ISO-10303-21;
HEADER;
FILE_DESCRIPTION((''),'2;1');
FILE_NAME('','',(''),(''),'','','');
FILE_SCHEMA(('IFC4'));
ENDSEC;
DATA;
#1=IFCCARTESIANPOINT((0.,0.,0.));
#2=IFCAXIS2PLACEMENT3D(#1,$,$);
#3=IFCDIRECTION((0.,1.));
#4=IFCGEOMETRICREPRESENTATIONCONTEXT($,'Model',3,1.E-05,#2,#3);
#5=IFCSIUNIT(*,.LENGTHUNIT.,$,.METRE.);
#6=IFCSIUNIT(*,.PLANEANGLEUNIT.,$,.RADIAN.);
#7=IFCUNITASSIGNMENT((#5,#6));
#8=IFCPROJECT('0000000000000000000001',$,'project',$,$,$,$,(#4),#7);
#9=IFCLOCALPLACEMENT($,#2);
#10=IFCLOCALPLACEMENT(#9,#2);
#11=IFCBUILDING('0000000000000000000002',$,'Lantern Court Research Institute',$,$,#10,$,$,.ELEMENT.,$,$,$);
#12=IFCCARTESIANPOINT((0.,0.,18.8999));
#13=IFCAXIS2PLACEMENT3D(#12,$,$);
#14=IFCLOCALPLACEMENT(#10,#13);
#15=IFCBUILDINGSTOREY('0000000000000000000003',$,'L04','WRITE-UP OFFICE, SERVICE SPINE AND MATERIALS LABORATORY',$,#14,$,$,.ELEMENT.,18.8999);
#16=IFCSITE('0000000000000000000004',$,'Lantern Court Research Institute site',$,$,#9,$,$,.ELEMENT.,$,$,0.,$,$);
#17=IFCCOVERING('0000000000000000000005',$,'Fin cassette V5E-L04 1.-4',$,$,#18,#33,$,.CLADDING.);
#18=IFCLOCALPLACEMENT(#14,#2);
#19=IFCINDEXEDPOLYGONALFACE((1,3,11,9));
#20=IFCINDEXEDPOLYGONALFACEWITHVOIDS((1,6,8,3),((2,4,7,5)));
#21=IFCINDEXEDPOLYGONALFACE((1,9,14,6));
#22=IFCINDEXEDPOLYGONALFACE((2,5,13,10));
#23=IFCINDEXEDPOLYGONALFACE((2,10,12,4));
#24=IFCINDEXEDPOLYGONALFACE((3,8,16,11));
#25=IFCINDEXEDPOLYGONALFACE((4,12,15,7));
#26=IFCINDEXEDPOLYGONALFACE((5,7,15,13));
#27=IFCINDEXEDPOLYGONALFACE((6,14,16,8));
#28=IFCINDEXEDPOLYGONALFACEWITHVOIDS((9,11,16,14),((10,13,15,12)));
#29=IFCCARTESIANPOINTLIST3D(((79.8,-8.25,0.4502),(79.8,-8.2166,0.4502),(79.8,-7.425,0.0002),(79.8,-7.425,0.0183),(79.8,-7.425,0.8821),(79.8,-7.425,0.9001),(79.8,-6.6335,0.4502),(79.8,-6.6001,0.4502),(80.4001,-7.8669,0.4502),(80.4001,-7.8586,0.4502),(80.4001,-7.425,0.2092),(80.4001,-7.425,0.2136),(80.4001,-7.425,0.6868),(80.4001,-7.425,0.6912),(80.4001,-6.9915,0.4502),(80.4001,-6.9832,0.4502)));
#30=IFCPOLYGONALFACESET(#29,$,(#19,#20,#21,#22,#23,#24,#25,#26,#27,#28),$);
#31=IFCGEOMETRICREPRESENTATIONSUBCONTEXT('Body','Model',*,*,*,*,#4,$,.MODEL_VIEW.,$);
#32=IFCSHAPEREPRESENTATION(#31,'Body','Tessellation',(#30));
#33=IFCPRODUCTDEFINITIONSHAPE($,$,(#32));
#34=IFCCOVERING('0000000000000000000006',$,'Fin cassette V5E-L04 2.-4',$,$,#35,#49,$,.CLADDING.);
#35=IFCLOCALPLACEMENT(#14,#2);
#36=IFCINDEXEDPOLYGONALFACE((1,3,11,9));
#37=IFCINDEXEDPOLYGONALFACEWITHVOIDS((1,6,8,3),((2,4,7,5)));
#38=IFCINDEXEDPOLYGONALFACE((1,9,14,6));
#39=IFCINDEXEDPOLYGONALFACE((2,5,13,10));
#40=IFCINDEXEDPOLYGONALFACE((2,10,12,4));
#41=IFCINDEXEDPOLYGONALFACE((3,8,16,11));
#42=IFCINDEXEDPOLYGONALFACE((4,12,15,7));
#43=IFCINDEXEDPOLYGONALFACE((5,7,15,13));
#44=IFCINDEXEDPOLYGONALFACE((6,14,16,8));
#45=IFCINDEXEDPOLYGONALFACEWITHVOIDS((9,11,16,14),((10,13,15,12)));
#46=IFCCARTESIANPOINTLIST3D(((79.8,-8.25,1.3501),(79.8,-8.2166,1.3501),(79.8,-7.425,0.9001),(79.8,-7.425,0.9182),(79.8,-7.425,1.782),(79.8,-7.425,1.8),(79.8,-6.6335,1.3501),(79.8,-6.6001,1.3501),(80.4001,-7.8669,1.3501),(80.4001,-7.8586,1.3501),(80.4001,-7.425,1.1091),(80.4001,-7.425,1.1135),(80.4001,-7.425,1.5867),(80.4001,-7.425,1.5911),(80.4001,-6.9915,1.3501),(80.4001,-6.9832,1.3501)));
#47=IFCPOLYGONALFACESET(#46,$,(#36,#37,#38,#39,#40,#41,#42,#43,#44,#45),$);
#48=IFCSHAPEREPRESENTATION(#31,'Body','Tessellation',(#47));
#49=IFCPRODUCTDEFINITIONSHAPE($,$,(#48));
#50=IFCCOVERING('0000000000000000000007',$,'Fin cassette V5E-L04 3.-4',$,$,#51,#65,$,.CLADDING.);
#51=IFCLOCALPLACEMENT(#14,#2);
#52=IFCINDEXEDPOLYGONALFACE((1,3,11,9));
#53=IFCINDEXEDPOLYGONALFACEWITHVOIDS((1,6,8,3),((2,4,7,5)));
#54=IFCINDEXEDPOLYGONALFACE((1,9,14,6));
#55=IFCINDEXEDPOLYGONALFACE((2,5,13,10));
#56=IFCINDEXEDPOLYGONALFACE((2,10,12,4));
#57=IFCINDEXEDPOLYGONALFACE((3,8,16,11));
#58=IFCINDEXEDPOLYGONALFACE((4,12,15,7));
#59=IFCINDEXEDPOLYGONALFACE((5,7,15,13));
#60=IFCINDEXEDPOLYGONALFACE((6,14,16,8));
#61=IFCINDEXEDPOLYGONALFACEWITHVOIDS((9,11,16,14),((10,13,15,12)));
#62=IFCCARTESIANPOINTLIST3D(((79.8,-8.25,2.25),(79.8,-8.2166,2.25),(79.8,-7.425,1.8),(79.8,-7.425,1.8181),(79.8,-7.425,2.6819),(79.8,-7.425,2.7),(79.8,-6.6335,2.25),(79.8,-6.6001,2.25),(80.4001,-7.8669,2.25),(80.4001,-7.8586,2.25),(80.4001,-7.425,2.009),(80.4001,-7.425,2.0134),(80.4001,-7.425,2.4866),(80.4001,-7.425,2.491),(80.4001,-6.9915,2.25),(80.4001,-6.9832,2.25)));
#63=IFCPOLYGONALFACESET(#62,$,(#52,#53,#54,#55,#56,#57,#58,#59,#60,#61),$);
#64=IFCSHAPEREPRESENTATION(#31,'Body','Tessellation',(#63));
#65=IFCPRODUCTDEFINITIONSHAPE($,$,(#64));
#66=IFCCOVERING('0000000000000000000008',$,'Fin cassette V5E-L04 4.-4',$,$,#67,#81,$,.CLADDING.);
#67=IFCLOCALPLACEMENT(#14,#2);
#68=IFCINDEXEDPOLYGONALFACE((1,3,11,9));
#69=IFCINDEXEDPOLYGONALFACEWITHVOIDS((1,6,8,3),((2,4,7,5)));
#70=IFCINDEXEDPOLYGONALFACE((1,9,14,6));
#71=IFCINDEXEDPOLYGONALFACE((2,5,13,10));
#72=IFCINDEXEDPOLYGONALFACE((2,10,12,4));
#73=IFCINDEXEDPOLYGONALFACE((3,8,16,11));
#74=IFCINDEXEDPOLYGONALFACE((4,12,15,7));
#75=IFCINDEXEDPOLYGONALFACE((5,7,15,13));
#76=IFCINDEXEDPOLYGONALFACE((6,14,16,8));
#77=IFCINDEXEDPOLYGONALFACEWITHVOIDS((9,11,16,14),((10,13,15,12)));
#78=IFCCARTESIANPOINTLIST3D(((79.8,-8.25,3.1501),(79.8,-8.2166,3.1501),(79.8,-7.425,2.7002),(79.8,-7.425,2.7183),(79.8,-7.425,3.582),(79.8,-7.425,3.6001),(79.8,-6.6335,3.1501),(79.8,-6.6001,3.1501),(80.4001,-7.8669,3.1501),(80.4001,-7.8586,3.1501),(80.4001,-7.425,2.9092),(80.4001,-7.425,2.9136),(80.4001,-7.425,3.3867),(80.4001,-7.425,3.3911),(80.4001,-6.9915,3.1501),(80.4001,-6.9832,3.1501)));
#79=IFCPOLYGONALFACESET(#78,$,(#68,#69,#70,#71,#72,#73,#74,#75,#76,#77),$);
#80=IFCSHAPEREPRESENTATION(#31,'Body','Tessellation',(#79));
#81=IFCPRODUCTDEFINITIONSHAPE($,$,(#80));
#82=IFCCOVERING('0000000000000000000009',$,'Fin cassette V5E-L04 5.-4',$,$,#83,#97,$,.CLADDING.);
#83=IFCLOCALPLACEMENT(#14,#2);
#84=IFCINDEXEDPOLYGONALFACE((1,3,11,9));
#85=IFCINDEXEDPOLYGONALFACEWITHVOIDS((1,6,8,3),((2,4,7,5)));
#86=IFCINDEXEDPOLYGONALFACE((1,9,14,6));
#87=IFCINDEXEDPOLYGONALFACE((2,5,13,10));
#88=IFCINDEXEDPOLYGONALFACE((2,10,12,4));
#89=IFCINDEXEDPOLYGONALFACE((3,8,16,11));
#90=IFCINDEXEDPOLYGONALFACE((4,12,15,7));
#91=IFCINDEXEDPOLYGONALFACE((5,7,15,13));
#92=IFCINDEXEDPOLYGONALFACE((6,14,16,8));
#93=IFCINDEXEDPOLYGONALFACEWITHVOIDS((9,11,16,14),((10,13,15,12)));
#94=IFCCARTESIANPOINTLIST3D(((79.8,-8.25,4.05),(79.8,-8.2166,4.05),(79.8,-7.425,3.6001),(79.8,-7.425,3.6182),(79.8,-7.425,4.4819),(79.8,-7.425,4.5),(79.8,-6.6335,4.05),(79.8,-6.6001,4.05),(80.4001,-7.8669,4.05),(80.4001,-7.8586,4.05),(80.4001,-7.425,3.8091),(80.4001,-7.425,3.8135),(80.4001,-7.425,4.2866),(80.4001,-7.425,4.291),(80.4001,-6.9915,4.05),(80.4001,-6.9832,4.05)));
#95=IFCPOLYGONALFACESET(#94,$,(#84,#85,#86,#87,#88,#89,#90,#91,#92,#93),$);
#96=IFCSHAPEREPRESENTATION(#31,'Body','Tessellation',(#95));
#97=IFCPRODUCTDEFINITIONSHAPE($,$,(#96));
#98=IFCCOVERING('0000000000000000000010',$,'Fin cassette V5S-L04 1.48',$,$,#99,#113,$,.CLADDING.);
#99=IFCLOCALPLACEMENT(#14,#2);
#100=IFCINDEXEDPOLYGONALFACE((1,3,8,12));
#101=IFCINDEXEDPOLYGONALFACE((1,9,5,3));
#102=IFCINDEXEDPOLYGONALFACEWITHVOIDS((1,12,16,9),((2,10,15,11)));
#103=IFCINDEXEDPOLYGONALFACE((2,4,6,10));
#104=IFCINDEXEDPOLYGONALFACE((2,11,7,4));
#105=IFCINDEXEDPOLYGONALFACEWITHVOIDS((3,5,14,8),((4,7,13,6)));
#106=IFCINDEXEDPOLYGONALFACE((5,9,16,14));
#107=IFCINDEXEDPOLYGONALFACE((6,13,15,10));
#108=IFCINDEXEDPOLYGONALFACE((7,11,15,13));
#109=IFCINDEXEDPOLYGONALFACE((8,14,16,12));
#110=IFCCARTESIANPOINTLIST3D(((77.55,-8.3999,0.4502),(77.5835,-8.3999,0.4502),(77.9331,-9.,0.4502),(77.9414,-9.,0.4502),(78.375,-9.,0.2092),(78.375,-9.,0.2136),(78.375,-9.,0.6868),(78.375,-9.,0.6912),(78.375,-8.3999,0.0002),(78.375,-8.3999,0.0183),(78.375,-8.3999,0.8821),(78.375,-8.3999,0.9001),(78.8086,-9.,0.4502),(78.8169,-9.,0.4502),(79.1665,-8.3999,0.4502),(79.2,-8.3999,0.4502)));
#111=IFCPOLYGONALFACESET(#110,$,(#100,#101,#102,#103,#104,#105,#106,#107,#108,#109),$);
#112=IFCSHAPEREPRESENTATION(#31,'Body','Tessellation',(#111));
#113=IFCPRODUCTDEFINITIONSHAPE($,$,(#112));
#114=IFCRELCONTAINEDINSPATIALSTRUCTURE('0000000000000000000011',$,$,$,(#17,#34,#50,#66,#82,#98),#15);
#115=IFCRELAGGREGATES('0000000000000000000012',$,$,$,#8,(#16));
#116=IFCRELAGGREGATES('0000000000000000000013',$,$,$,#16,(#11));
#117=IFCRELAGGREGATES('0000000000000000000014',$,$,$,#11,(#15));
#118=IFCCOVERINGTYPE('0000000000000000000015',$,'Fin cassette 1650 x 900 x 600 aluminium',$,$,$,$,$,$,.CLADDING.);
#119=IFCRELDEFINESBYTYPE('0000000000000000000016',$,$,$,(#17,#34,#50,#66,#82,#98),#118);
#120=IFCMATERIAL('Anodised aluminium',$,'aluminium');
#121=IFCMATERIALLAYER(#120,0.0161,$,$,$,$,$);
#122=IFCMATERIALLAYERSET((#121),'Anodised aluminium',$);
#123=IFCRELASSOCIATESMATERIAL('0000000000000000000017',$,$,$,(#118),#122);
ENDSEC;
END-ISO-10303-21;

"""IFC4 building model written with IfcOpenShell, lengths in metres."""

from ifc_helpers import new_model, entity, si_unit, direction, frame, origin, place, context, subcontext, project, spatial, material, layer, layer_set, type_object, element, save


model = new_model("IFC4")

# Units and contexts
model_context = context("Model", 3, precision=1e-05, world=origin(), true_north=direction((0.0, 1.0)))
body_context = subcontext(model_context, "Body", "Model", "MODEL_VIEW")
ifc_project = project(units=[si_unit("LENGTHUNIT", "METRE"), si_unit("PLANEANGLEUNIT", "RADIAN")], contexts=[model_context])

# Site, building, storey
site_placement = place(None, origin())
site = spatial("IfcSite", under=ifc_project, at=site_placement, Name="Lantern Court Research Institute site", CompositionType="ELEMENT", RefElevation=0.0)
building_placement = place(site_placement, origin())
building = spatial("IfcBuilding", under=site, at=building_placement, Name="Lantern Court Research Institute", CompositionType="ELEMENT")
storey_placement = place(building_placement, frame((0.0, 0.0, 18.8999)))
storey = spatial("IfcBuildingStorey", under=building, at=storey_placement, Name="L04", Description="WRITE-UP OFFICE, SERVICE SPINE AND MATERIALS LABORATORY", CompositionType="ELEMENT", Elevation=18.8999)

# Coverings
ifc_material_1 = material(Name="Anodised aluminium", Category="aluminium")
ifc_layer_1 = layer(ifc_material_1, 0.0161)
ifc_layer_set_1 = layer_set([ifc_layer_1], Name="Anodised aluminium")
covering_type = type_object("IfcCoveringType", Name="Fin cassette 1650 x 900 x 600 aluminium", PredefinedType="CLADDING", material=ifc_layer_set_1)
covering_1_placement = place(storey_placement, frame((79.8, -7.425, 0.4502), z_axis=(1.0, 0.0, 0.0), x_axis=(0.0, 1.0, 0.0)))
cartesian_point_1 = entity("IfcCartesianPoint", [0.825, 0.0])
cartesian_point_2 = entity("IfcCartesianPoint", [0.7915, 0.0])
cartesian_point_3 = entity("IfcCartesianPoint", [0.4419, 0.0])
cartesian_point_4 = entity("IfcCartesianPoint", [0.4336, 0.0])
element("IfcCovering", 1, at=covering_1_placement, inside=storey, type_object=covering_type, Name="Fin cassette V5E-L04 1.-4", PredefinedType="CLADDING", context=body_context, shape_type="SweptSolid", body=[
    entity("IfcExtrudedAreaSolidTapered", entity("IfcArbitraryProfileDefWithVoids", "AREA", None, entity("IfcPolyline", [cartesian_point_1, entity("IfcCartesianPoint", [0.0, 0.45]), entity("IfcCartesianPoint", [-0.825, 0.0]), entity("IfcCartesianPoint", [0.0, -0.45]), cartesian_point_1]), [entity("IfcPolyline", [cartesian_point_2, entity("IfcCartesianPoint", [0.0, 0.4319]), entity("IfcCartesianPoint", [-0.7915, 0.0]), entity("IfcCartesianPoint", [0.0, -0.4319]), cartesian_point_2])]), entity("IfcAxis2Placement3D", entity("IfcCartesianPoint", [0.0, 0.0, 0.0])), entity("IfcDirection", [0.0, 0.0, 1.0]), 0.6001, entity("IfcArbitraryProfileDefWithVoids", "AREA", None, entity("IfcPolyline", [cartesian_point_3, entity("IfcCartesianPoint", [0.0, 0.241]), entity("IfcCartesianPoint", [-0.4419, 0.0]), entity("IfcCartesianPoint", [0.0, -0.241]), cartesian_point_3]), [entity("IfcPolyline", [cartesian_point_4, entity("IfcCartesianPoint", [0.0, 0.2366]), entity("IfcCartesianPoint", [-0.4336, 0.0]), entity("IfcCartesianPoint", [0.0, -0.2366]), cartesian_point_4])])),
])
covering_2_placement = place(storey_placement, frame((79.8, -7.425, 1.3501), z_axis=(1.0, 0.0, 0.0), x_axis=(0.0, 1.0, 0.0)))
cartesian_point_5 = entity("IfcCartesianPoint", [0.825, 0.0])
cartesian_point_6 = entity("IfcCartesianPoint", [0.7915, 0.0])
cartesian_point_7 = entity("IfcCartesianPoint", [0.4419, 0.0])
cartesian_point_8 = entity("IfcCartesianPoint", [0.4336, 0.0])
element("IfcCovering", 2, at=covering_2_placement, inside=storey, type_object=covering_type, Name="Fin cassette V5E-L04 2.-4", PredefinedType="CLADDING", context=body_context, shape_type="SweptSolid", body=[
    entity("IfcExtrudedAreaSolidTapered", entity("IfcArbitraryProfileDefWithVoids", "AREA", None, entity("IfcPolyline", [cartesian_point_5, entity("IfcCartesianPoint", [0.0, 0.45]), entity("IfcCartesianPoint", [-0.825, 0.0]), entity("IfcCartesianPoint", [0.0, -0.45]), cartesian_point_5]), [entity("IfcPolyline", [cartesian_point_6, entity("IfcCartesianPoint", [0.0, 0.4319]), entity("IfcCartesianPoint", [-0.7915, 0.0]), entity("IfcCartesianPoint", [0.0, -0.4319]), cartesian_point_6])]), entity("IfcAxis2Placement3D", entity("IfcCartesianPoint", [0.0, 0.0, 0.0])), entity("IfcDirection", [0.0, 0.0, 1.0]), 0.6001, entity("IfcArbitraryProfileDefWithVoids", "AREA", None, entity("IfcPolyline", [cartesian_point_7, entity("IfcCartesianPoint", [0.0, 0.241]), entity("IfcCartesianPoint", [-0.4419, 0.0]), entity("IfcCartesianPoint", [0.0, -0.241]), cartesian_point_7]), [entity("IfcPolyline", [cartesian_point_8, entity("IfcCartesianPoint", [0.0, 0.2366]), entity("IfcCartesianPoint", [-0.4336, 0.0]), entity("IfcCartesianPoint", [0.0, -0.2366]), cartesian_point_8])])),
])
covering_3_placement = place(storey_placement, frame((79.8, -7.425, 2.25), z_axis=(1.0, 0.0, 0.0), x_axis=(0.0, 1.0, 0.0)))
cartesian_point_9 = entity("IfcCartesianPoint", [0.825, 0.0])
cartesian_point_10 = entity("IfcCartesianPoint", [0.7915, 0.0])
cartesian_point_11 = entity("IfcCartesianPoint", [0.4419, 0.0])
cartesian_point_12 = entity("IfcCartesianPoint", [0.4336, 0.0])
element("IfcCovering", 3, at=covering_3_placement, inside=storey, type_object=covering_type, Name="Fin cassette V5E-L04 3.-4", PredefinedType="CLADDING", context=body_context, shape_type="SweptSolid", body=[
    entity("IfcExtrudedAreaSolidTapered", entity("IfcArbitraryProfileDefWithVoids", "AREA", None, entity("IfcPolyline", [cartesian_point_9, entity("IfcCartesianPoint", [0.0, 0.45]), entity("IfcCartesianPoint", [-0.825, 0.0]), entity("IfcCartesianPoint", [0.0, -0.45]), cartesian_point_9]), [entity("IfcPolyline", [cartesian_point_10, entity("IfcCartesianPoint", [0.0, 0.4319]), entity("IfcCartesianPoint", [-0.7915, 0.0]), entity("IfcCartesianPoint", [0.0, -0.4319]), cartesian_point_10])]), entity("IfcAxis2Placement3D", entity("IfcCartesianPoint", [0.0, 0.0, 0.0])), entity("IfcDirection", [0.0, 0.0, 1.0]), 0.6001, entity("IfcArbitraryProfileDefWithVoids", "AREA", None, entity("IfcPolyline", [cartesian_point_11, entity("IfcCartesianPoint", [0.0, 0.241]), entity("IfcCartesianPoint", [-0.4419, 0.0]), entity("IfcCartesianPoint", [0.0, -0.241]), cartesian_point_11]), [entity("IfcPolyline", [cartesian_point_12, entity("IfcCartesianPoint", [0.0, 0.2366]), entity("IfcCartesianPoint", [-0.4336, 0.0]), entity("IfcCartesianPoint", [0.0, -0.2366]), cartesian_point_12])])),
])
covering_4_placement = place(storey_placement, frame((79.8, -7.425, 3.1501), z_axis=(1.0, 0.0, 0.0), x_axis=(0.0, 1.0, 0.0)))
cartesian_point_13 = entity("IfcCartesianPoint", [0.825, 0.0])
cartesian_point_14 = entity("IfcCartesianPoint", [0.7915, 0.0])
cartesian_point_15 = entity("IfcCartesianPoint", [0.4419, 0.0])
cartesian_point_16 = entity("IfcCartesianPoint", [0.4336, 0.0])
element("IfcCovering", 4, at=covering_4_placement, inside=storey, type_object=covering_type, Name="Fin cassette V5E-L04 4.-4", PredefinedType="CLADDING", context=body_context, shape_type="SweptSolid", body=[
    entity("IfcExtrudedAreaSolidTapered", entity("IfcArbitraryProfileDefWithVoids", "AREA", None, entity("IfcPolyline", [cartesian_point_13, entity("IfcCartesianPoint", [0.0, 0.45]), entity("IfcCartesianPoint", [-0.825, 0.0]), entity("IfcCartesianPoint", [0.0, -0.45]), cartesian_point_13]), [entity("IfcPolyline", [cartesian_point_14, entity("IfcCartesianPoint", [0.0, 0.4319]), entity("IfcCartesianPoint", [-0.7915, 0.0]), entity("IfcCartesianPoint", [0.0, -0.4319]), cartesian_point_14])]), entity("IfcAxis2Placement3D", entity("IfcCartesianPoint", [0.0, 0.0, 0.0])), entity("IfcDirection", [0.0, 0.0, 1.0]), 0.6001, entity("IfcArbitraryProfileDefWithVoids", "AREA", None, entity("IfcPolyline", [cartesian_point_15, entity("IfcCartesianPoint", [0.0, 0.241]), entity("IfcCartesianPoint", [-0.4419, 0.0]), entity("IfcCartesianPoint", [0.0, -0.241]), cartesian_point_15]), [entity("IfcPolyline", [cartesian_point_16, entity("IfcCartesianPoint", [0.0, 0.2366]), entity("IfcCartesianPoint", [-0.4336, 0.0]), entity("IfcCartesianPoint", [0.0, -0.2366]), cartesian_point_16])])),
])
covering_5_placement = place(storey_placement, frame((79.8, -7.425, 4.05), z_axis=(1.0, 0.0, 0.0), x_axis=(0.0, 1.0, 0.0)))
cartesian_point_17 = entity("IfcCartesianPoint", [0.825, 0.0])
cartesian_point_18 = entity("IfcCartesianPoint", [0.7915, 0.0])
cartesian_point_19 = entity("IfcCartesianPoint", [0.4419, 0.0])
cartesian_point_20 = entity("IfcCartesianPoint", [0.4336, 0.0])
element("IfcCovering", 5, at=covering_5_placement, inside=storey, type_object=covering_type, Name="Fin cassette V5E-L04 5.-4", PredefinedType="CLADDING", context=body_context, shape_type="SweptSolid", body=[
    entity("IfcExtrudedAreaSolidTapered", entity("IfcArbitraryProfileDefWithVoids", "AREA", None, entity("IfcPolyline", [cartesian_point_17, entity("IfcCartesianPoint", [0.0, 0.45]), entity("IfcCartesianPoint", [-0.825, 0.0]), entity("IfcCartesianPoint", [0.0, -0.45]), cartesian_point_17]), [entity("IfcPolyline", [cartesian_point_18, entity("IfcCartesianPoint", [0.0, 0.4319]), entity("IfcCartesianPoint", [-0.7915, 0.0]), entity("IfcCartesianPoint", [0.0, -0.4319]), cartesian_point_18])]), entity("IfcAxis2Placement3D", entity("IfcCartesianPoint", [0.0, 0.0, 0.0])), entity("IfcDirection", [0.0, 0.0, 1.0]), 0.6001, entity("IfcArbitraryProfileDefWithVoids", "AREA", None, entity("IfcPolyline", [cartesian_point_19, entity("IfcCartesianPoint", [0.0, 0.241]), entity("IfcCartesianPoint", [-0.4419, 0.0]), entity("IfcCartesianPoint", [0.0, -0.241]), cartesian_point_19]), [entity("IfcPolyline", [cartesian_point_20, entity("IfcCartesianPoint", [0.0, 0.2366]), entity("IfcCartesianPoint", [-0.4336, 0.0]), entity("IfcCartesianPoint", [0.0, -0.2366]), cartesian_point_20])])),
])
covering_6_placement = place(storey_placement, frame((78.375, -8.3999, 0.4502), z_axis=(0.0, -1.0, 0.0), x_axis=(1.0, 0.0, 0.0)))
cartesian_point_21 = entity("IfcCartesianPoint", [0.825, 0.0])
cartesian_point_22 = entity("IfcCartesianPoint", [0.7915, 0.0])
cartesian_point_23 = entity("IfcCartesianPoint", [0.4419, 0.0])
cartesian_point_24 = entity("IfcCartesianPoint", [0.4336, 0.0])
element("IfcCovering", 6, at=covering_6_placement, inside=storey, type_object=covering_type, Name="Fin cassette V5S-L04 1.48", PredefinedType="CLADDING", context=body_context, shape_type="SweptSolid", body=[
    entity("IfcExtrudedAreaSolidTapered", entity("IfcArbitraryProfileDefWithVoids", "AREA", None, entity("IfcPolyline", [cartesian_point_21, entity("IfcCartesianPoint", [0.0, 0.45]), entity("IfcCartesianPoint", [-0.825, 0.0]), entity("IfcCartesianPoint", [0.0, -0.45]), cartesian_point_21]), [entity("IfcPolyline", [cartesian_point_22, entity("IfcCartesianPoint", [0.0, 0.4319]), entity("IfcCartesianPoint", [-0.7915, 0.0]), entity("IfcCartesianPoint", [0.0, -0.4319]), cartesian_point_22])]), entity("IfcAxis2Placement3D", entity("IfcCartesianPoint", [0.0, 0.0, 0.0])), entity("IfcDirection", [0.0, 0.0, 1.0]), 0.6001, entity("IfcArbitraryProfileDefWithVoids", "AREA", None, entity("IfcPolyline", [cartesian_point_23, entity("IfcCartesianPoint", [0.0, 0.241]), entity("IfcCartesianPoint", [-0.4419, 0.0]), entity("IfcCartesianPoint", [0.0, -0.241]), cartesian_point_23]), [entity("IfcPolyline", [cartesian_point_24, entity("IfcCartesianPoint", [0.0, 0.2366]), entity("IfcCartesianPoint", [-0.4336, 0.0]), entity("IfcCartesianPoint", [0.0, -0.2366]), cartesian_point_24])])),
])

save(model, "model.ifc")
